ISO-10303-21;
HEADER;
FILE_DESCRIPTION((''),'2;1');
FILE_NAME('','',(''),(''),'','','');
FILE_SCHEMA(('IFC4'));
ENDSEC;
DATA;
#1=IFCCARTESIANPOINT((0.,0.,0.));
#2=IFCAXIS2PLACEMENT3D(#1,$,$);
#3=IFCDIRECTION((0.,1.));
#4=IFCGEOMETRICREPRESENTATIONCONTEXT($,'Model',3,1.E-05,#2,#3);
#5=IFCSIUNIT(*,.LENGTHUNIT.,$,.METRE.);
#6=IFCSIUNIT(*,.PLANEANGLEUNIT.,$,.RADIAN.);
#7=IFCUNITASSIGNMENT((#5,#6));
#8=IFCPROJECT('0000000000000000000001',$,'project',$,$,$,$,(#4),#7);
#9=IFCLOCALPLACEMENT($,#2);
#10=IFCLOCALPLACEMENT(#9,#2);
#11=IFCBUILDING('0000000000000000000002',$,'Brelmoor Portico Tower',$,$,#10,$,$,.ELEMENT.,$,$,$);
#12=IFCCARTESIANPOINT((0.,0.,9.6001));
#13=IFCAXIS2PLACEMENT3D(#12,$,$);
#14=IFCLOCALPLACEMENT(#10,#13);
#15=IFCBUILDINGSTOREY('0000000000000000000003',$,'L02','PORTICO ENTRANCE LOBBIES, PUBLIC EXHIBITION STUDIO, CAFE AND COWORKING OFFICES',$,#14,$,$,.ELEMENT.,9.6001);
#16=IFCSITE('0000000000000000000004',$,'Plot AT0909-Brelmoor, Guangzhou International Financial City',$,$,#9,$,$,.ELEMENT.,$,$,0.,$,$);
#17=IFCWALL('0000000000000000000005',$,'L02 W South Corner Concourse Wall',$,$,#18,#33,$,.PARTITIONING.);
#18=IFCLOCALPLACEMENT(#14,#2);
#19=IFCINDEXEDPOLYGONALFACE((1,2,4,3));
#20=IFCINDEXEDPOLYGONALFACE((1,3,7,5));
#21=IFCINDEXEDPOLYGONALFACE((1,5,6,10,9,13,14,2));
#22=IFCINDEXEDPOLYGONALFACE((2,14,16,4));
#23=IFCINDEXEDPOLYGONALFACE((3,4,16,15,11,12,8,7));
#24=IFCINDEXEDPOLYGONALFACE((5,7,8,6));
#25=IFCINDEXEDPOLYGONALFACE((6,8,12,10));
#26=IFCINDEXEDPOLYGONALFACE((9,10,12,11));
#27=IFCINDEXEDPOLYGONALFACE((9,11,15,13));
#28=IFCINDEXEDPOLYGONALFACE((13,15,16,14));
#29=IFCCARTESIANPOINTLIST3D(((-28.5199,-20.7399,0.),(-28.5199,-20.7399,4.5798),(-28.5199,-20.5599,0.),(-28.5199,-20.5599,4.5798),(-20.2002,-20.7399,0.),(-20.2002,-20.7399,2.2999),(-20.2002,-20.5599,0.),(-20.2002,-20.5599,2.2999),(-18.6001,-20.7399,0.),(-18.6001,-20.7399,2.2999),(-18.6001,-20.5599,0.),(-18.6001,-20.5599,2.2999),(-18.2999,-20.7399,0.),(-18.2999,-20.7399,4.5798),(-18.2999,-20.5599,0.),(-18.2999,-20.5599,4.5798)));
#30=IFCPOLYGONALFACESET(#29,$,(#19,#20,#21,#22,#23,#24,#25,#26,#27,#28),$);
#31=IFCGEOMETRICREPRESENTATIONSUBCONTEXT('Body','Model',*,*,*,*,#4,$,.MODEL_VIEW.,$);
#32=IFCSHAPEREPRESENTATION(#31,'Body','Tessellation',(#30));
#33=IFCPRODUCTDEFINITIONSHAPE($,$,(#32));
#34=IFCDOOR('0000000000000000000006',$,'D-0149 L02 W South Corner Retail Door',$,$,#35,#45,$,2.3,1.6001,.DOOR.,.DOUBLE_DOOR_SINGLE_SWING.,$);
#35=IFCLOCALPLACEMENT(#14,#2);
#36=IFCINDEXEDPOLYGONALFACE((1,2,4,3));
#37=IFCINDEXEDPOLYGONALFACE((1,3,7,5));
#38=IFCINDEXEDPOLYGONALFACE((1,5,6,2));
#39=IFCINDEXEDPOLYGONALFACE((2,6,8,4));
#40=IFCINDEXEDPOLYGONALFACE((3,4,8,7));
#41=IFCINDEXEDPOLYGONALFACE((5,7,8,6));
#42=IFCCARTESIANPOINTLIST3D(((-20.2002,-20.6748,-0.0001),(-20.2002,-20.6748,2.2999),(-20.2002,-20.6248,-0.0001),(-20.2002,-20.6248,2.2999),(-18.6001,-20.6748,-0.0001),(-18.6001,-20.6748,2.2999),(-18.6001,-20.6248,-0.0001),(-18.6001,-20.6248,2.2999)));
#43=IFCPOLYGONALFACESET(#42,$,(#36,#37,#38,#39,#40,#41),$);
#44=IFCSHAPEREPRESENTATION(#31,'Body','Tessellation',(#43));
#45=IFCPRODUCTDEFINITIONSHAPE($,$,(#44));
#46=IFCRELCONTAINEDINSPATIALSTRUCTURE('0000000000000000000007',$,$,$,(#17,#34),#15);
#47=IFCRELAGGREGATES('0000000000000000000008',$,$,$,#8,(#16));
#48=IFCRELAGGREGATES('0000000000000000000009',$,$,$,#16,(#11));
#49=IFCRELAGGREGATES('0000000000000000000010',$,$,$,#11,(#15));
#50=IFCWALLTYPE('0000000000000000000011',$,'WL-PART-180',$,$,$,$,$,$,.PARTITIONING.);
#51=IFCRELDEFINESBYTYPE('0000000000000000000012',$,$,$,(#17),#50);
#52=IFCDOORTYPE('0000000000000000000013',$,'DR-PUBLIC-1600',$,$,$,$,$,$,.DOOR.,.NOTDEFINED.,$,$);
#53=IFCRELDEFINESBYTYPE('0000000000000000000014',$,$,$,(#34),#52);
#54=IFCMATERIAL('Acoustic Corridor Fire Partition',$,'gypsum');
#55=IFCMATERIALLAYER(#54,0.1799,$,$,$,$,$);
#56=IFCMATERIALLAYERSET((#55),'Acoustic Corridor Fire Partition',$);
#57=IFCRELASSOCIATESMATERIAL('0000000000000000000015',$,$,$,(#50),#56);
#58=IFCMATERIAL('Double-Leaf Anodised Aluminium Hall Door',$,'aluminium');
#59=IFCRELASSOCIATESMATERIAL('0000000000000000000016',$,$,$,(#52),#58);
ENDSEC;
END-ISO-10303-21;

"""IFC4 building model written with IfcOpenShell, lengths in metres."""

from ifc_helpers import new_model, si_unit, direction, frame, frame_2d, origin, place, context, subcontext, project, spatial, rectangle, extrude, material, layer, layer_set, type_object, element, fill, save


model = new_model("IFC4")

# Units and contexts
model_context = context("Model", 3, precision=1e-05, world=origin(), true_north=direction((0.0, 1.0)))
body_context = subcontext(model_context, "Body", "Model", "MODEL_VIEW")
ifc_project = project(units=[si_unit("LENGTHUNIT", "METRE"), si_unit("PLANEANGLEUNIT", "RADIAN")], contexts=[model_context])

# Site, building, storey
site_placement = place(None, origin())
site = spatial("IfcSite", under=ifc_project, at=site_placement, Name="Plot AT0909-Brelmoor, Guangzhou International Financial City", CompositionType="ELEMENT", RefElevation=0.0)
building_placement = place(site_placement, origin())
building = spatial("IfcBuilding", under=site, at=building_placement, Name="Brelmoor Portico Tower", CompositionType="ELEMENT")
storey_placement = place(building_placement, frame((0.0, 0.0, 9.6001)))
storey = spatial("IfcBuildingStorey", under=building, at=storey_placement, Name="L02", Description="PORTICO ENTRANCE LOBBIES, PUBLIC EXHIBITION STUDIO, CAFE AND COWORKING OFFICES", CompositionType="ELEMENT", Elevation=9.6001)

# Shared definitions
ifc_material_1 = material(Name="Acoustic Corridor Fire Partition", Category="gypsum")
ifc_layer_1 = layer(ifc_material_1, 0.1799)
ifc_layer_set_1 = layer_set([ifc_layer_1], Name="Acoustic Corridor Fire Partition")
wall_type = type_object("IfcWallType", Name="WL-PART-180", PredefinedType="PARTITIONING", material=ifc_layer_set_1)
ifc_material_2 = material(Name="Double-Leaf Anodised Aluminium Hall Door", Category="aluminium")
door_type = type_object("IfcDoorType", Name="DR-PUBLIC-1600", OperationType="NOTDEFINED", PredefinedType="DOOR", material=ifc_material_2)

# Wall, opening, door
wall_1_placement = place(storey_placement, frame((-18.3, -20.6499, 0.0), z_axis=(0.0, 0.0, 1.0), x_axis=(-1.0, 0.0, 0.0)))
wall_1 = element("IfcWall", 1, at=wall_1_placement, inside=storey, type_object=wall_type, Name="L02 W South Corner Concourse Wall", PredefinedType="PARTITIONING", context=body_context, shape_type="SweptSolid", body=[
    extrude(rectangle(XDim=10.22, YDim=0.1799, at=frame_2d((5.1099, 0.0))), origin(), (0.0, 0.0, 1.0), 4.5798),
])
opening_1_placement = place(wall_1_placement, frame((0.3, 0.0, 0.0)))
opening_1 = element("IfcOpeningElement", 2, at=opening_1_placement, cuts=wall_1, PredefinedType="OPENING", context=body_context, shape_type="SweptSolid", body=[
    extrude(rectangle(XDim=1.6001, YDim=2.3, at=frame_2d((0.8, 1.1499))), frame((0.0, 0.0999, 0.0), z_axis=(0.0, -1.0, 0.0), x_axis=(1.0, 0.0, 0.0)), (0.0, 0.0, 1.0), 0.2),
])
door_1_placement = place(opening_1_placement, origin())
door_1 = element("IfcDoor", 3, at=door_1_placement, inside=storey, type_object=door_type, Name="D-0149 L02 W South Corner Retail Door", OperationType="DOUBLE_DOOR_SINGLE_SWING", OverallHeight=2.3, OverallWidth=1.6001, PredefinedType="DOOR", context=body_context, shape_type="SweptSolid", body=[
    extrude(rectangle(XDim=1.6001, YDim=2.3, at=frame_2d((0.8, 1.1499))), frame((0.0, 0.0249, 0.0), z_axis=(0.0, -1.0, 0.0), x_axis=(1.0, 0.0, 0.0)), (0.0, 0.0, 1.0), 0.05),
])
fill(opening_1, door_1)

save(model, "model.ifc")
